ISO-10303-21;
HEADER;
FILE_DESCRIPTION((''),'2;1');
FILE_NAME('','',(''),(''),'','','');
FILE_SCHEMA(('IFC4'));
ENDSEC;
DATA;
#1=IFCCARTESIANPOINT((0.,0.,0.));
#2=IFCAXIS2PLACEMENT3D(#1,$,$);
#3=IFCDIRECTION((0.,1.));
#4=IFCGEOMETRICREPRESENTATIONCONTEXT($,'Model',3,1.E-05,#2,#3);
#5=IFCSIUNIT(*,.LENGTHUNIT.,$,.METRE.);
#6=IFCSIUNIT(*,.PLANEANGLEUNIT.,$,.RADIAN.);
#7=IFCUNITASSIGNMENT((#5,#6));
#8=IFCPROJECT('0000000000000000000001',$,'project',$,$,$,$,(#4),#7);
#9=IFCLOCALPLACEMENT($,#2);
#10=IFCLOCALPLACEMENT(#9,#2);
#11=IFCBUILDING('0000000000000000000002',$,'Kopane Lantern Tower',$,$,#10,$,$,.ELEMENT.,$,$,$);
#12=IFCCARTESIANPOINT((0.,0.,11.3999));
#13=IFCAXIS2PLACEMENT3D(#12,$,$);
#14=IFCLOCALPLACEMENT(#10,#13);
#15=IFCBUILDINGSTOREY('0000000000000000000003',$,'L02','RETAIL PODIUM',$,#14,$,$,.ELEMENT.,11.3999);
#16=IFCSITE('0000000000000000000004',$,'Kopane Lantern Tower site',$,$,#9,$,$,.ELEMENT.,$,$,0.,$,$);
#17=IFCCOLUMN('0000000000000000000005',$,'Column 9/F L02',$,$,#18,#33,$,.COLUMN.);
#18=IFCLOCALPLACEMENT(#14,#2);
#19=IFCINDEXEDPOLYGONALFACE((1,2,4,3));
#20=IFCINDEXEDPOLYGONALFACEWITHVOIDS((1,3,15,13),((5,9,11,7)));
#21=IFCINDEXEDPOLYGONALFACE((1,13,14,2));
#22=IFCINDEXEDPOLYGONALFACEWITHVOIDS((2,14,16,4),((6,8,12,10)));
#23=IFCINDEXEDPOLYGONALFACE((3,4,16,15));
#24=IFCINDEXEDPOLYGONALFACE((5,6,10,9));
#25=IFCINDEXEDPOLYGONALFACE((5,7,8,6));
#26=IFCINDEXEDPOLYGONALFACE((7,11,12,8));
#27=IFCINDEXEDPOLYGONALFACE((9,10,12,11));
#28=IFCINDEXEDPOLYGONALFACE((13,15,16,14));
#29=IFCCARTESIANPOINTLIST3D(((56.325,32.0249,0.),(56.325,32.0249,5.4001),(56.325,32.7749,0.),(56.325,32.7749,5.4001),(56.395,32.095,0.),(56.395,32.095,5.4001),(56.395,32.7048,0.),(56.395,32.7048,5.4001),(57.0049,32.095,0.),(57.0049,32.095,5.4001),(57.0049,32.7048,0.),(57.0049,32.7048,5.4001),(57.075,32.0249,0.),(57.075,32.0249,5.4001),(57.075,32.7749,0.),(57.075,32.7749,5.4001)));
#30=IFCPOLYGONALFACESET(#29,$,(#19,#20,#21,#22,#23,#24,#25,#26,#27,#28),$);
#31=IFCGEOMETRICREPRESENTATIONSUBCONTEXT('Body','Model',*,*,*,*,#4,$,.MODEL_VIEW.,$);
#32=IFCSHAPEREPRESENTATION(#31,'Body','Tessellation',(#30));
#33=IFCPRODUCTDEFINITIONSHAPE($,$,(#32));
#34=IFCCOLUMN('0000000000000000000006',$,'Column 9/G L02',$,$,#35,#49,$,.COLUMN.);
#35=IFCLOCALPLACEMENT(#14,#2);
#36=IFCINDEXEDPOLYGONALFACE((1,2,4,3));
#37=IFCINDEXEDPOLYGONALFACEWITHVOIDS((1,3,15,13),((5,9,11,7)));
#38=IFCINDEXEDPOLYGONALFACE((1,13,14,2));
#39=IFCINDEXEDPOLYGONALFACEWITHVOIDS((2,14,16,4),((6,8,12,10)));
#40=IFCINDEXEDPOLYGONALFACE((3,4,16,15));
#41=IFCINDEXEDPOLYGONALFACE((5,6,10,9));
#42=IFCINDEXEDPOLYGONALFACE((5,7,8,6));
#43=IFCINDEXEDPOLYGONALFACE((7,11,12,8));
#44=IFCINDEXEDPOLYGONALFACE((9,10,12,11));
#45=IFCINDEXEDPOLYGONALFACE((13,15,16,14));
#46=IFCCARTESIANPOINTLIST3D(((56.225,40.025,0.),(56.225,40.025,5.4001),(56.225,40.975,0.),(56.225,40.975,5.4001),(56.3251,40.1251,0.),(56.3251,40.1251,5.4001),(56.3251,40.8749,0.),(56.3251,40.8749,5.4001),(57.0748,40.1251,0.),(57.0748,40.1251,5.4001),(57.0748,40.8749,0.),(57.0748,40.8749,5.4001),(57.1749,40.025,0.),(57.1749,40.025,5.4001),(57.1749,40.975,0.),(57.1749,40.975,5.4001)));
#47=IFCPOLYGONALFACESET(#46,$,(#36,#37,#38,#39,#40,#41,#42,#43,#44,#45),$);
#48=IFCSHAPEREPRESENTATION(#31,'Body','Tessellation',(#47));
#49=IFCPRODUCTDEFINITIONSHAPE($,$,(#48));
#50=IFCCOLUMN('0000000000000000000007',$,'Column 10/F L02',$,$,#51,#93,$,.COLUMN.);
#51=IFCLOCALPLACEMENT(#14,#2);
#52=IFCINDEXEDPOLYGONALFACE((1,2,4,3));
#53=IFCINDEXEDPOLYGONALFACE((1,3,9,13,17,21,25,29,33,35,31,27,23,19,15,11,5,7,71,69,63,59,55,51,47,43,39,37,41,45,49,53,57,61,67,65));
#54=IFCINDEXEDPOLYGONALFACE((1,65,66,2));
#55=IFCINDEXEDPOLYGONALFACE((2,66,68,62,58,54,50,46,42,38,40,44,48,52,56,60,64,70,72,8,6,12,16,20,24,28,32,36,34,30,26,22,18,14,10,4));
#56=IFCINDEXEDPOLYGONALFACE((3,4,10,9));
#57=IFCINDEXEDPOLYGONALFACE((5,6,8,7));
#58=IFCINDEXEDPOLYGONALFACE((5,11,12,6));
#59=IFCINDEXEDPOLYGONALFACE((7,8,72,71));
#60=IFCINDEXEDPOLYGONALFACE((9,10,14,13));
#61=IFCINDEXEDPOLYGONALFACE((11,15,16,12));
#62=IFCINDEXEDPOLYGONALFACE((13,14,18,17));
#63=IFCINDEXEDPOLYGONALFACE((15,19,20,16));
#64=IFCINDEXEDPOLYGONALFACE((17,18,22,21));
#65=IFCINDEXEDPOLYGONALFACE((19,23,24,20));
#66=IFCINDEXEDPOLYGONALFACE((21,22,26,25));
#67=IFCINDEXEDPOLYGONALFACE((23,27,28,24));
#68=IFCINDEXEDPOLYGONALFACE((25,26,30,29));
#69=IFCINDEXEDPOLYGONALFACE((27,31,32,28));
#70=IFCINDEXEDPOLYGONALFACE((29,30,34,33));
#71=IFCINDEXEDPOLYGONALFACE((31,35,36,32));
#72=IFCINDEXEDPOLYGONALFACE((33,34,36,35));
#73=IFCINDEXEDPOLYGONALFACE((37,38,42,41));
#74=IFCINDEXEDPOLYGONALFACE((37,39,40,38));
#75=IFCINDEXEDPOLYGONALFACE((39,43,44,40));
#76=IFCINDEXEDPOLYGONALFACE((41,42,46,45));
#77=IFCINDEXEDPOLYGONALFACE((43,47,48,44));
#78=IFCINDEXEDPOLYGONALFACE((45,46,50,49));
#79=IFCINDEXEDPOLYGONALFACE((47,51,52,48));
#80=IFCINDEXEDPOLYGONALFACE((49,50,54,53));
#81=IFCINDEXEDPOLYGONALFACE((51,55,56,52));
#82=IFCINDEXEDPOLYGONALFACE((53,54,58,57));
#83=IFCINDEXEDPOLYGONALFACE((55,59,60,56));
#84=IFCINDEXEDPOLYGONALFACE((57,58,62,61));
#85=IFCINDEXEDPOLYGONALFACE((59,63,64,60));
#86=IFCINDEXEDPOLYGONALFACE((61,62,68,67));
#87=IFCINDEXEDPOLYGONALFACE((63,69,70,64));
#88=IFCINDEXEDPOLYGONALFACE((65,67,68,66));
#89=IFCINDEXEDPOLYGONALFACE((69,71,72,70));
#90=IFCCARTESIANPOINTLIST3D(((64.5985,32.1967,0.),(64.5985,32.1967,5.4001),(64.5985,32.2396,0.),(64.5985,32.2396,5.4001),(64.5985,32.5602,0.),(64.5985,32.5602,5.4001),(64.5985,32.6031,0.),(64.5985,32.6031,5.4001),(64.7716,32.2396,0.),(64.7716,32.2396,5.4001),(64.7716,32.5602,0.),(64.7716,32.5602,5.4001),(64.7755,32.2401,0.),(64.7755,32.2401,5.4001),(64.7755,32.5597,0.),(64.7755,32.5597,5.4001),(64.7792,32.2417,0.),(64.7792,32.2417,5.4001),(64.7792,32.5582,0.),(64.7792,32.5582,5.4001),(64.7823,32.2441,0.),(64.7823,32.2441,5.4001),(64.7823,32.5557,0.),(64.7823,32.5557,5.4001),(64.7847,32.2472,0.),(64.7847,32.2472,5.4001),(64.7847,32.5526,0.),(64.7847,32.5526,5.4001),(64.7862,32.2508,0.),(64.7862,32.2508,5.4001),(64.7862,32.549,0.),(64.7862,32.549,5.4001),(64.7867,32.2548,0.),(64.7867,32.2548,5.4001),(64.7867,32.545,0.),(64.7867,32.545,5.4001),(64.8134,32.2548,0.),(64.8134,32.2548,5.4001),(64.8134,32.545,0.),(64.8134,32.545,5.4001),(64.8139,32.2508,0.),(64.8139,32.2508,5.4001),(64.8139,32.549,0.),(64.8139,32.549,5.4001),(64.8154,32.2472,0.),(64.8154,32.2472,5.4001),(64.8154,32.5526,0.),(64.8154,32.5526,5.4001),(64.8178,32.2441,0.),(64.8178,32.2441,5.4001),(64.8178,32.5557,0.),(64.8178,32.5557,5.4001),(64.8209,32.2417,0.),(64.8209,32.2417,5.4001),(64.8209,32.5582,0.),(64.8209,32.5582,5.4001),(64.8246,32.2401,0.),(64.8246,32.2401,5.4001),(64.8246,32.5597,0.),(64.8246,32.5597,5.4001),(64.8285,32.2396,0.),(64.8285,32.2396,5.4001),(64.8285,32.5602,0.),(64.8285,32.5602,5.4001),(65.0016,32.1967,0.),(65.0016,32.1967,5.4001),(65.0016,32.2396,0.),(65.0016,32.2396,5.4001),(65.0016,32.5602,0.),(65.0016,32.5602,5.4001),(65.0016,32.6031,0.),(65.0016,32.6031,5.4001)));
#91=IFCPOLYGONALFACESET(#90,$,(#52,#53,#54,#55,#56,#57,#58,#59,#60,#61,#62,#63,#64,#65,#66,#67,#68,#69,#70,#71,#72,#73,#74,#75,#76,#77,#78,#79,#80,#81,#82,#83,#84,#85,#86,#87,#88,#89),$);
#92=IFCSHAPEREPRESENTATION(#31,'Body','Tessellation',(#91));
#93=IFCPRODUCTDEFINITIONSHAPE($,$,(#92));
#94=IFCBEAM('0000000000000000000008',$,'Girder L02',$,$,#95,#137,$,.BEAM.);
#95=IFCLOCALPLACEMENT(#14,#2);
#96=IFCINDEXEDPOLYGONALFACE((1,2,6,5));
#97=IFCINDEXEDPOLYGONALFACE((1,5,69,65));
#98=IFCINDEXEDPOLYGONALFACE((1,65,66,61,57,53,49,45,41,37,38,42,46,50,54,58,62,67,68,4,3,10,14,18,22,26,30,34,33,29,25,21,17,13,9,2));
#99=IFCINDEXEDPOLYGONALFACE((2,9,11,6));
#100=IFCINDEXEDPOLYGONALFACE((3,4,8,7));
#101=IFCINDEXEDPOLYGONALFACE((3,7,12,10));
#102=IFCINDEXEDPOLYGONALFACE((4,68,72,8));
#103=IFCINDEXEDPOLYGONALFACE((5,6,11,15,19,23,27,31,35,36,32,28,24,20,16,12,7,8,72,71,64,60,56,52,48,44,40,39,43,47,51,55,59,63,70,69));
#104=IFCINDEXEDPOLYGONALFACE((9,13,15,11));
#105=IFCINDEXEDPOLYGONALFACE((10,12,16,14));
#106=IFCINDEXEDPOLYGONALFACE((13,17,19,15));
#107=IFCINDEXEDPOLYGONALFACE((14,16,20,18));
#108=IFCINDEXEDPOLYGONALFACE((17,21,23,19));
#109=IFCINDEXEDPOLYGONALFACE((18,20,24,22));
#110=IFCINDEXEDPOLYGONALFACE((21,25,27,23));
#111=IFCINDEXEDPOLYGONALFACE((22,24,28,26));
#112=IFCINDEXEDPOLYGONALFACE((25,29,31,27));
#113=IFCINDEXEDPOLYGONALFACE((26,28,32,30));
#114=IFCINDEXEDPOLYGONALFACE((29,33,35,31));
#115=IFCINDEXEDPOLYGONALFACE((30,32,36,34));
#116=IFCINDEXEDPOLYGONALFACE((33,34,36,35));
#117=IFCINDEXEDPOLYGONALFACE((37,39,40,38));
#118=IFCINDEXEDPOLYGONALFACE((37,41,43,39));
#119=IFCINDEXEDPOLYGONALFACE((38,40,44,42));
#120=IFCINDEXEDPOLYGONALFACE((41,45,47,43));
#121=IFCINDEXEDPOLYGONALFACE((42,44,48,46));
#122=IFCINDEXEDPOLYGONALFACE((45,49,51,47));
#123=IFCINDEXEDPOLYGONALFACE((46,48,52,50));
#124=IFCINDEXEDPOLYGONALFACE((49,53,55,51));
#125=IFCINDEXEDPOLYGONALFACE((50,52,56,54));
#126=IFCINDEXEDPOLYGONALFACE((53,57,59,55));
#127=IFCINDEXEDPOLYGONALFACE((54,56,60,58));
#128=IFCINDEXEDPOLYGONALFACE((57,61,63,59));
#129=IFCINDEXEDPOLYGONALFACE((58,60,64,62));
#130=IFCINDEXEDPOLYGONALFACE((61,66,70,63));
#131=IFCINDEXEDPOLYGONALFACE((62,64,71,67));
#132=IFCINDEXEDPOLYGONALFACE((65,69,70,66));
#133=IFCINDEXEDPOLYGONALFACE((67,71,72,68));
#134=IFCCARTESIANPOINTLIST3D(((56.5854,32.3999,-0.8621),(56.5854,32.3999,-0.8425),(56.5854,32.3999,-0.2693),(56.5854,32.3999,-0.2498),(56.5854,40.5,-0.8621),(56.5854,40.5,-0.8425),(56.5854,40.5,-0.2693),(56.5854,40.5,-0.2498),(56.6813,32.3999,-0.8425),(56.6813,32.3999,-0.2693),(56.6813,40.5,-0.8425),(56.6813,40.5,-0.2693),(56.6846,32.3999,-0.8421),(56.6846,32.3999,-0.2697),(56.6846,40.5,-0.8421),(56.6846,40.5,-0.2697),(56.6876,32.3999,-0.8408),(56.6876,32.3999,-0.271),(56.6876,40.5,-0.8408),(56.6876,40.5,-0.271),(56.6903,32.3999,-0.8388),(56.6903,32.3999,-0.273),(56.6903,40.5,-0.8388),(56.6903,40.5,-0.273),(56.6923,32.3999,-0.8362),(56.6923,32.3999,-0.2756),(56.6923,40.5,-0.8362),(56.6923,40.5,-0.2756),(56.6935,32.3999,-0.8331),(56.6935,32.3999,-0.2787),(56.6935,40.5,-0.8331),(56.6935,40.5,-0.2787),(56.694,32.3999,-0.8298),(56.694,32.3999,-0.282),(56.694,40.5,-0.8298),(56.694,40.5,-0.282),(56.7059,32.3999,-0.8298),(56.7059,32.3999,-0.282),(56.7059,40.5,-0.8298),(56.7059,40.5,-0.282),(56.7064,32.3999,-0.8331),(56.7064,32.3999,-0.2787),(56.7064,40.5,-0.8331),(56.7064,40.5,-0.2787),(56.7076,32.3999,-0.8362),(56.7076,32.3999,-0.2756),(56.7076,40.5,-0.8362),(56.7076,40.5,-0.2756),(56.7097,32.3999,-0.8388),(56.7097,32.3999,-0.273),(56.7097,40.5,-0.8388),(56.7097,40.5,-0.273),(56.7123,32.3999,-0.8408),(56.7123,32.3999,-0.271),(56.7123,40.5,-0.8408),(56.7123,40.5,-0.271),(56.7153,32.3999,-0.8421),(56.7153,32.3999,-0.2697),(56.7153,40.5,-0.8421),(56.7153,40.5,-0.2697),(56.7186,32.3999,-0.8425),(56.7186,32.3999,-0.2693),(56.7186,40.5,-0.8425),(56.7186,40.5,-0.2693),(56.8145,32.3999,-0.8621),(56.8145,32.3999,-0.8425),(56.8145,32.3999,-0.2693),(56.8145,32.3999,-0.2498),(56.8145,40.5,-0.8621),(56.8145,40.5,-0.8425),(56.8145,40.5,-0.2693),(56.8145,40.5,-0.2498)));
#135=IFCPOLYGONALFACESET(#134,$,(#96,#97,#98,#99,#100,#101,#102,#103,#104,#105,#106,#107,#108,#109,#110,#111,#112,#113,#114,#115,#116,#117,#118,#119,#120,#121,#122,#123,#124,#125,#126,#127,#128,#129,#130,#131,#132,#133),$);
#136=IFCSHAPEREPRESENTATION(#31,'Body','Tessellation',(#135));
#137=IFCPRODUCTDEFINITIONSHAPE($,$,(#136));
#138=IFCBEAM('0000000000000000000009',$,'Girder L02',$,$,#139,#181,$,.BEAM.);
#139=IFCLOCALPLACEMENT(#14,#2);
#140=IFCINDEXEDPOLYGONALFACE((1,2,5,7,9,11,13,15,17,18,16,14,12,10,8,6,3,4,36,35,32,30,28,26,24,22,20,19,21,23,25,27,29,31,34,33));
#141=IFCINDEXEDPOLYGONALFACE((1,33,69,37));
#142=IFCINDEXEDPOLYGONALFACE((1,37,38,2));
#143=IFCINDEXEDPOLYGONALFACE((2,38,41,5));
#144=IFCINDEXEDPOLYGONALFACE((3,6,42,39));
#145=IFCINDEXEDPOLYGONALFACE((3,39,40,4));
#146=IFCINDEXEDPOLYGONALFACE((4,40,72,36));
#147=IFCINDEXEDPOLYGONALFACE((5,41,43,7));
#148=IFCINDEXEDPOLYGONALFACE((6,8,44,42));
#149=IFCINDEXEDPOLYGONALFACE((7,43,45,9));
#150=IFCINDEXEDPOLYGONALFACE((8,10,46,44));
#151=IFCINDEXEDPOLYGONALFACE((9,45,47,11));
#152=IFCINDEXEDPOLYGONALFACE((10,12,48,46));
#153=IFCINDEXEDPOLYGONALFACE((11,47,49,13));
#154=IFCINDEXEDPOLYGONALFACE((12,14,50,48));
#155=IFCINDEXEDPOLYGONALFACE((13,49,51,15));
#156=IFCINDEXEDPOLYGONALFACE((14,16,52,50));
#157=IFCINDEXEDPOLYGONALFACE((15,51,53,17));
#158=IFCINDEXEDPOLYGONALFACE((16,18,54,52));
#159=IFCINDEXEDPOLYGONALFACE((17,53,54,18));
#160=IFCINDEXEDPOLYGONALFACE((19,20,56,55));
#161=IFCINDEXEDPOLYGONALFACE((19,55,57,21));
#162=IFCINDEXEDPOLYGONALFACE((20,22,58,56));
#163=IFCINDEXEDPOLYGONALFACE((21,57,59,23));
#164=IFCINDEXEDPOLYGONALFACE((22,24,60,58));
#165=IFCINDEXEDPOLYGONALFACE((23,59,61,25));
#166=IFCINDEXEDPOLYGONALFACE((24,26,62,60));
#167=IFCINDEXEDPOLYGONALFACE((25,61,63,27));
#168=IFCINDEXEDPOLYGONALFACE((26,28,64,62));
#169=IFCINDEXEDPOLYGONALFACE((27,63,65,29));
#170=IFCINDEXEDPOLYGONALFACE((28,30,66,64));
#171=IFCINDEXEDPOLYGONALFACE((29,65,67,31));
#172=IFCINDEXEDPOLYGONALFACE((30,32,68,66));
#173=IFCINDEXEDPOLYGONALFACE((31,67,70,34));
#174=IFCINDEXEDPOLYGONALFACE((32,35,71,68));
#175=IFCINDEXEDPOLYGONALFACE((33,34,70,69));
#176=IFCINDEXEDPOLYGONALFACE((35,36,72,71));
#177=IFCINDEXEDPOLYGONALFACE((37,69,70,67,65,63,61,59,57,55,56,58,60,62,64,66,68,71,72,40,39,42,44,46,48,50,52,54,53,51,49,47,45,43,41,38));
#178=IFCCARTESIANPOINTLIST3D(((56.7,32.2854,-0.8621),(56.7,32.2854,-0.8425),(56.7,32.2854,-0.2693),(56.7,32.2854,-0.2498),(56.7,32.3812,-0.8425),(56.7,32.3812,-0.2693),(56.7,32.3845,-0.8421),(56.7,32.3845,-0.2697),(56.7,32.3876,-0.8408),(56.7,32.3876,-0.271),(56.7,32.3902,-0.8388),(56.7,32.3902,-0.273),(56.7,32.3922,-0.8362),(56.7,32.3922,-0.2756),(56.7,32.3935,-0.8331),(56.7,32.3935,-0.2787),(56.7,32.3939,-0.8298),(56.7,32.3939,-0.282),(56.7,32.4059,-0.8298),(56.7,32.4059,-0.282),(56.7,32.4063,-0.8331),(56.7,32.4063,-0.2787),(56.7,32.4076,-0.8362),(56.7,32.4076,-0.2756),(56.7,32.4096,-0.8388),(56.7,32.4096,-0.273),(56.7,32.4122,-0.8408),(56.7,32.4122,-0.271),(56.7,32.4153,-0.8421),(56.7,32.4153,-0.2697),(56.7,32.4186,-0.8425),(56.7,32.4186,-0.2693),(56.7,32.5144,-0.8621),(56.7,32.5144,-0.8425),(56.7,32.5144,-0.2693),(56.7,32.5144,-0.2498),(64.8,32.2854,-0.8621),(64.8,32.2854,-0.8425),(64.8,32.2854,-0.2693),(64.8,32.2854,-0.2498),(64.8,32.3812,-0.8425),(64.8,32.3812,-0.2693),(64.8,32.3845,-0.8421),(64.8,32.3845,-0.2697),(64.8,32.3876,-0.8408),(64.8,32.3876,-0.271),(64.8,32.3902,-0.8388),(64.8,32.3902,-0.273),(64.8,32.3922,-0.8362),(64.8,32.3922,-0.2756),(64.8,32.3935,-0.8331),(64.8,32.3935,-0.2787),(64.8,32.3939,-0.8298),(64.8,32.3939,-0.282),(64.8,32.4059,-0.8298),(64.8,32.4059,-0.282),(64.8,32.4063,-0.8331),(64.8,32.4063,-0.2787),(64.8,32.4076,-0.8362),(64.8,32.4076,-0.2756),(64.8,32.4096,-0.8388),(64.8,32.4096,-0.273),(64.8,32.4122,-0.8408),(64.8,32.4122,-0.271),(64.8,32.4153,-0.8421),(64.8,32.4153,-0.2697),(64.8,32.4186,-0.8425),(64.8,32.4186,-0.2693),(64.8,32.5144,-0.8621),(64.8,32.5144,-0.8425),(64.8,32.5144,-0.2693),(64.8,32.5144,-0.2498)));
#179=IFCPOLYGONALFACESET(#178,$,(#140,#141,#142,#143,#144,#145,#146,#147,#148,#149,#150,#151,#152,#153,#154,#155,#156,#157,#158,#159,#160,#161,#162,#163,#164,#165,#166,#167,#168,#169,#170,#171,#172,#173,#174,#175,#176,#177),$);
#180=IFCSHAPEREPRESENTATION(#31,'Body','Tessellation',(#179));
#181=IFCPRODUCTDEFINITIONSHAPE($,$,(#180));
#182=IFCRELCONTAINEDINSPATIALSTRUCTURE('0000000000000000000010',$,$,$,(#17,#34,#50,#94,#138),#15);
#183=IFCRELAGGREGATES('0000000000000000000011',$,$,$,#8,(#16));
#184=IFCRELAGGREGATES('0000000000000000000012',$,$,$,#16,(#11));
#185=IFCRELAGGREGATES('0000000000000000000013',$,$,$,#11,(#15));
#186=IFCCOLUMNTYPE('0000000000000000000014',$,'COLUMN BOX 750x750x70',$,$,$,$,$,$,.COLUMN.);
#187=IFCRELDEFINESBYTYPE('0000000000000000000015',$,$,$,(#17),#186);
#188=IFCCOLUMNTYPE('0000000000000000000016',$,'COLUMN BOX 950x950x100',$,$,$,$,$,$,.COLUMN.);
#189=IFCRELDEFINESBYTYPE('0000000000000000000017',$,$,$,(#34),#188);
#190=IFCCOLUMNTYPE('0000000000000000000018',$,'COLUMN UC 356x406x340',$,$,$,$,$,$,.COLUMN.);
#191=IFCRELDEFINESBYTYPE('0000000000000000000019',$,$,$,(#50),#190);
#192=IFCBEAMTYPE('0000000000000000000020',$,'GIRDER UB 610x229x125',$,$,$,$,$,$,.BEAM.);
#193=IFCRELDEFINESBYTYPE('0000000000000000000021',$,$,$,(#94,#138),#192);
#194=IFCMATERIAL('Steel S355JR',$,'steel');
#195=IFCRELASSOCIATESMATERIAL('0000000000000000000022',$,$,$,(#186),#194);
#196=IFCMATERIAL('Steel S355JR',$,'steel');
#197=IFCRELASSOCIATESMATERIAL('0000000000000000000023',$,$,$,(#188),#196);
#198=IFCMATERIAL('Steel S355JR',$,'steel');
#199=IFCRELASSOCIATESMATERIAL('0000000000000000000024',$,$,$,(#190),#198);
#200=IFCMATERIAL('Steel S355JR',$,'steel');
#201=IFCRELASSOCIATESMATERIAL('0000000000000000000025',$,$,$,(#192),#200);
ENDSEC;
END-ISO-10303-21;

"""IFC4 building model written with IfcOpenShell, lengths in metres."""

from ifc_helpers import new_model, si_unit, direction, frame, origin, origin_2d, place, context, subcontext, project, spatial, hollow_rectangle, i_section, extrude, material, material_profile, profile_set, type_object, element, save


model = new_model("IFC4")

# Units and contexts
model_context = context("Model", 3, precision=1e-05, world=origin(), true_north=direction((0.0, 1.0)))
body_context = subcontext(model_context, "Body", "Model", "MODEL_VIEW")
ifc_project = project(units=[si_unit("LENGTHUNIT", "METRE"), si_unit("PLANEANGLEUNIT", "RADIAN")], contexts=[model_context])

# Site, building, storey
site_placement = place(None, origin())
site = spatial("IfcSite", under=ifc_project, at=site_placement, Name="Kopane Lantern Tower site", CompositionType="ELEMENT", RefElevation=0.0)
building_placement = place(site_placement, origin())
building = spatial("IfcBuilding", under=site, at=building_placement, Name="Kopane Lantern Tower", CompositionType="ELEMENT")
storey_placement = place(building_placement, frame((0.0, 0.0, 11.3999)))
storey = spatial("IfcBuildingStorey", under=building, at=storey_placement, Name="L02", Description="RETAIL PODIUM", CompositionType="ELEMENT", Elevation=11.3999)

# Columns
ifc_material_1 = material(Name="Steel S355JR", Category="steel")
ifc_material_profile_1 = material_profile(ifc_material_1, hollow_rectangle(XDim=0.75, YDim=0.75, WallThickness=0.0701, at=origin_2d()), Name="BOX 750x750x70")
ifc_profile_set_1 = profile_set([ifc_material_profile_1], Name="Steel S355JR")
column_type_1 = type_object("IfcColumnType", Name="COLUMN BOX 750x750x70", PredefinedType="COLUMN", material=ifc_profile_set_1)
column_1_placement = place(storey_placement, frame((56.7, 32.3999, 0.0), z_axis=(0.0, 0.0, 1.0), x_axis=(1.0, 0.0, 0.0)))
element("IfcColumn", 1, at=column_1_placement, inside=storey, type_object=column_type_1, Name="Column 9/F L02", PredefinedType="COLUMN", context=body_context, shape_type="SweptSolid", body=[
    extrude(hollow_rectangle(XDim=0.75, YDim=0.75, WallThickness=0.0701, at=origin_2d()), origin(), (0.0, 0.0, 1.0), 5.4001),
])
ifc_material_2 = material(Name="Steel S355JR", Category="steel")
ifc_material_profile_2 = material_profile(ifc_material_2, hollow_rectangle(XDim=0.95, YDim=0.95, WallThickness=0.1001, at=origin_2d()), Name="BOX 950x950x100")
ifc_profile_set_2 = profile_set([ifc_material_profile_2], Name="Steel S355JR")
column_type_2 = type_object("IfcColumnType", Name="COLUMN BOX 950x950x100", PredefinedType="COLUMN", material=ifc_profile_set_2)
column_2_placement = place(storey_placement, frame((56.7, 40.5, 0.0), z_axis=(0.0, 0.0, 1.0), x_axis=(1.0, 0.0, 0.0)))
element("IfcColumn", 2, at=column_2_placement, inside=storey, type_object=column_type_2, Name="Column 9/G L02", PredefinedType="COLUMN", context=body_context, shape_type="SweptSolid", body=[
    extrude(hollow_rectangle(XDim=0.95, YDim=0.95, WallThickness=0.1001, at=origin_2d()), origin(), (0.0, 0.0, 1.0), 5.4001),
])
ifc_material_3 = material(Name="Steel S355JR", Category="steel")
ifc_material_profile_3 = material_profile(ifc_material_3, i_section(OverallWidth=0.4031, OverallDepth=0.4065, WebThickness=0.0266, FlangeThickness=0.043, FilletRadius=0.0151, at=origin_2d()), Name="UC 356x406x340")
ifc_profile_set_3 = profile_set([ifc_material_profile_3], Name="Steel S355JR")
column_type_3 = type_object("IfcColumnType", Name="COLUMN UC 356x406x340", PredefinedType="COLUMN", material=ifc_profile_set_3)
column_3_placement = place(storey_placement, frame((64.8, 32.3999, 0.0), z_axis=(0.0, 0.0, 1.0), x_axis=(1.0, 0.0, 0.0)))
element("IfcColumn", 3, at=column_3_placement, inside=storey, type_object=column_type_3, Name="Column 10/F L02", PredefinedType="COLUMN", context=body_context, shape_type="SweptSolid", body=[
    extrude(i_section(OverallWidth=0.4031, OverallDepth=0.4065, WebThickness=0.0266, FlangeThickness=0.043, FilletRadius=0.0151, at=origin_2d()), origin(), (0.0, 0.0, 1.0), 5.4001),
])

# Beams
ifc_material_4 = material(Name="Steel S355JR", Category="steel")
ifc_material_profile_4 = material_profile(ifc_material_4, i_section(OverallWidth=0.229, OverallDepth=0.6123, WebThickness=0.012, FlangeThickness=0.0195, FilletRadius=0.0127, at=origin_2d()), Name="UB 610x229x125")
ifc_profile_set_4 = profile_set([ifc_material_profile_4], Name="Steel S355JR")
beam_type = type_object("IfcBeamType", Name="GIRDER UB 610x229x125", PredefinedType="BEAM", material=ifc_profile_set_4)
for number, where, z_axis, x_axis, name in (
    (4, (56.7, 32.3999, -0.5559), (0.0, 1.0, 0.0), (-1.0, 0.0, 0.0), "Girder L02"),
    (5, (56.7, 32.3999, -0.5559), (1.0, 0.0, 0.0), (0.0, 1.0, 0.0), "Girder L02"),
):
    element("IfcBeam", number, at=place(storey_placement, frame(where, z_axis=z_axis, x_axis=x_axis)), inside=storey, type_object=beam_type, Name=name, PredefinedType="BEAM", context=body_context, shape_type="SweptSolid", body=[
        extrude(i_section(OverallWidth=0.229, OverallDepth=0.6123, WebThickness=0.012, FlangeThickness=0.0195, FilletRadius=0.0127, at=origin_2d()), origin(), (0.0, 0.0, 1.0), 8.1001),
    ])

save(model, "model.ifc")
